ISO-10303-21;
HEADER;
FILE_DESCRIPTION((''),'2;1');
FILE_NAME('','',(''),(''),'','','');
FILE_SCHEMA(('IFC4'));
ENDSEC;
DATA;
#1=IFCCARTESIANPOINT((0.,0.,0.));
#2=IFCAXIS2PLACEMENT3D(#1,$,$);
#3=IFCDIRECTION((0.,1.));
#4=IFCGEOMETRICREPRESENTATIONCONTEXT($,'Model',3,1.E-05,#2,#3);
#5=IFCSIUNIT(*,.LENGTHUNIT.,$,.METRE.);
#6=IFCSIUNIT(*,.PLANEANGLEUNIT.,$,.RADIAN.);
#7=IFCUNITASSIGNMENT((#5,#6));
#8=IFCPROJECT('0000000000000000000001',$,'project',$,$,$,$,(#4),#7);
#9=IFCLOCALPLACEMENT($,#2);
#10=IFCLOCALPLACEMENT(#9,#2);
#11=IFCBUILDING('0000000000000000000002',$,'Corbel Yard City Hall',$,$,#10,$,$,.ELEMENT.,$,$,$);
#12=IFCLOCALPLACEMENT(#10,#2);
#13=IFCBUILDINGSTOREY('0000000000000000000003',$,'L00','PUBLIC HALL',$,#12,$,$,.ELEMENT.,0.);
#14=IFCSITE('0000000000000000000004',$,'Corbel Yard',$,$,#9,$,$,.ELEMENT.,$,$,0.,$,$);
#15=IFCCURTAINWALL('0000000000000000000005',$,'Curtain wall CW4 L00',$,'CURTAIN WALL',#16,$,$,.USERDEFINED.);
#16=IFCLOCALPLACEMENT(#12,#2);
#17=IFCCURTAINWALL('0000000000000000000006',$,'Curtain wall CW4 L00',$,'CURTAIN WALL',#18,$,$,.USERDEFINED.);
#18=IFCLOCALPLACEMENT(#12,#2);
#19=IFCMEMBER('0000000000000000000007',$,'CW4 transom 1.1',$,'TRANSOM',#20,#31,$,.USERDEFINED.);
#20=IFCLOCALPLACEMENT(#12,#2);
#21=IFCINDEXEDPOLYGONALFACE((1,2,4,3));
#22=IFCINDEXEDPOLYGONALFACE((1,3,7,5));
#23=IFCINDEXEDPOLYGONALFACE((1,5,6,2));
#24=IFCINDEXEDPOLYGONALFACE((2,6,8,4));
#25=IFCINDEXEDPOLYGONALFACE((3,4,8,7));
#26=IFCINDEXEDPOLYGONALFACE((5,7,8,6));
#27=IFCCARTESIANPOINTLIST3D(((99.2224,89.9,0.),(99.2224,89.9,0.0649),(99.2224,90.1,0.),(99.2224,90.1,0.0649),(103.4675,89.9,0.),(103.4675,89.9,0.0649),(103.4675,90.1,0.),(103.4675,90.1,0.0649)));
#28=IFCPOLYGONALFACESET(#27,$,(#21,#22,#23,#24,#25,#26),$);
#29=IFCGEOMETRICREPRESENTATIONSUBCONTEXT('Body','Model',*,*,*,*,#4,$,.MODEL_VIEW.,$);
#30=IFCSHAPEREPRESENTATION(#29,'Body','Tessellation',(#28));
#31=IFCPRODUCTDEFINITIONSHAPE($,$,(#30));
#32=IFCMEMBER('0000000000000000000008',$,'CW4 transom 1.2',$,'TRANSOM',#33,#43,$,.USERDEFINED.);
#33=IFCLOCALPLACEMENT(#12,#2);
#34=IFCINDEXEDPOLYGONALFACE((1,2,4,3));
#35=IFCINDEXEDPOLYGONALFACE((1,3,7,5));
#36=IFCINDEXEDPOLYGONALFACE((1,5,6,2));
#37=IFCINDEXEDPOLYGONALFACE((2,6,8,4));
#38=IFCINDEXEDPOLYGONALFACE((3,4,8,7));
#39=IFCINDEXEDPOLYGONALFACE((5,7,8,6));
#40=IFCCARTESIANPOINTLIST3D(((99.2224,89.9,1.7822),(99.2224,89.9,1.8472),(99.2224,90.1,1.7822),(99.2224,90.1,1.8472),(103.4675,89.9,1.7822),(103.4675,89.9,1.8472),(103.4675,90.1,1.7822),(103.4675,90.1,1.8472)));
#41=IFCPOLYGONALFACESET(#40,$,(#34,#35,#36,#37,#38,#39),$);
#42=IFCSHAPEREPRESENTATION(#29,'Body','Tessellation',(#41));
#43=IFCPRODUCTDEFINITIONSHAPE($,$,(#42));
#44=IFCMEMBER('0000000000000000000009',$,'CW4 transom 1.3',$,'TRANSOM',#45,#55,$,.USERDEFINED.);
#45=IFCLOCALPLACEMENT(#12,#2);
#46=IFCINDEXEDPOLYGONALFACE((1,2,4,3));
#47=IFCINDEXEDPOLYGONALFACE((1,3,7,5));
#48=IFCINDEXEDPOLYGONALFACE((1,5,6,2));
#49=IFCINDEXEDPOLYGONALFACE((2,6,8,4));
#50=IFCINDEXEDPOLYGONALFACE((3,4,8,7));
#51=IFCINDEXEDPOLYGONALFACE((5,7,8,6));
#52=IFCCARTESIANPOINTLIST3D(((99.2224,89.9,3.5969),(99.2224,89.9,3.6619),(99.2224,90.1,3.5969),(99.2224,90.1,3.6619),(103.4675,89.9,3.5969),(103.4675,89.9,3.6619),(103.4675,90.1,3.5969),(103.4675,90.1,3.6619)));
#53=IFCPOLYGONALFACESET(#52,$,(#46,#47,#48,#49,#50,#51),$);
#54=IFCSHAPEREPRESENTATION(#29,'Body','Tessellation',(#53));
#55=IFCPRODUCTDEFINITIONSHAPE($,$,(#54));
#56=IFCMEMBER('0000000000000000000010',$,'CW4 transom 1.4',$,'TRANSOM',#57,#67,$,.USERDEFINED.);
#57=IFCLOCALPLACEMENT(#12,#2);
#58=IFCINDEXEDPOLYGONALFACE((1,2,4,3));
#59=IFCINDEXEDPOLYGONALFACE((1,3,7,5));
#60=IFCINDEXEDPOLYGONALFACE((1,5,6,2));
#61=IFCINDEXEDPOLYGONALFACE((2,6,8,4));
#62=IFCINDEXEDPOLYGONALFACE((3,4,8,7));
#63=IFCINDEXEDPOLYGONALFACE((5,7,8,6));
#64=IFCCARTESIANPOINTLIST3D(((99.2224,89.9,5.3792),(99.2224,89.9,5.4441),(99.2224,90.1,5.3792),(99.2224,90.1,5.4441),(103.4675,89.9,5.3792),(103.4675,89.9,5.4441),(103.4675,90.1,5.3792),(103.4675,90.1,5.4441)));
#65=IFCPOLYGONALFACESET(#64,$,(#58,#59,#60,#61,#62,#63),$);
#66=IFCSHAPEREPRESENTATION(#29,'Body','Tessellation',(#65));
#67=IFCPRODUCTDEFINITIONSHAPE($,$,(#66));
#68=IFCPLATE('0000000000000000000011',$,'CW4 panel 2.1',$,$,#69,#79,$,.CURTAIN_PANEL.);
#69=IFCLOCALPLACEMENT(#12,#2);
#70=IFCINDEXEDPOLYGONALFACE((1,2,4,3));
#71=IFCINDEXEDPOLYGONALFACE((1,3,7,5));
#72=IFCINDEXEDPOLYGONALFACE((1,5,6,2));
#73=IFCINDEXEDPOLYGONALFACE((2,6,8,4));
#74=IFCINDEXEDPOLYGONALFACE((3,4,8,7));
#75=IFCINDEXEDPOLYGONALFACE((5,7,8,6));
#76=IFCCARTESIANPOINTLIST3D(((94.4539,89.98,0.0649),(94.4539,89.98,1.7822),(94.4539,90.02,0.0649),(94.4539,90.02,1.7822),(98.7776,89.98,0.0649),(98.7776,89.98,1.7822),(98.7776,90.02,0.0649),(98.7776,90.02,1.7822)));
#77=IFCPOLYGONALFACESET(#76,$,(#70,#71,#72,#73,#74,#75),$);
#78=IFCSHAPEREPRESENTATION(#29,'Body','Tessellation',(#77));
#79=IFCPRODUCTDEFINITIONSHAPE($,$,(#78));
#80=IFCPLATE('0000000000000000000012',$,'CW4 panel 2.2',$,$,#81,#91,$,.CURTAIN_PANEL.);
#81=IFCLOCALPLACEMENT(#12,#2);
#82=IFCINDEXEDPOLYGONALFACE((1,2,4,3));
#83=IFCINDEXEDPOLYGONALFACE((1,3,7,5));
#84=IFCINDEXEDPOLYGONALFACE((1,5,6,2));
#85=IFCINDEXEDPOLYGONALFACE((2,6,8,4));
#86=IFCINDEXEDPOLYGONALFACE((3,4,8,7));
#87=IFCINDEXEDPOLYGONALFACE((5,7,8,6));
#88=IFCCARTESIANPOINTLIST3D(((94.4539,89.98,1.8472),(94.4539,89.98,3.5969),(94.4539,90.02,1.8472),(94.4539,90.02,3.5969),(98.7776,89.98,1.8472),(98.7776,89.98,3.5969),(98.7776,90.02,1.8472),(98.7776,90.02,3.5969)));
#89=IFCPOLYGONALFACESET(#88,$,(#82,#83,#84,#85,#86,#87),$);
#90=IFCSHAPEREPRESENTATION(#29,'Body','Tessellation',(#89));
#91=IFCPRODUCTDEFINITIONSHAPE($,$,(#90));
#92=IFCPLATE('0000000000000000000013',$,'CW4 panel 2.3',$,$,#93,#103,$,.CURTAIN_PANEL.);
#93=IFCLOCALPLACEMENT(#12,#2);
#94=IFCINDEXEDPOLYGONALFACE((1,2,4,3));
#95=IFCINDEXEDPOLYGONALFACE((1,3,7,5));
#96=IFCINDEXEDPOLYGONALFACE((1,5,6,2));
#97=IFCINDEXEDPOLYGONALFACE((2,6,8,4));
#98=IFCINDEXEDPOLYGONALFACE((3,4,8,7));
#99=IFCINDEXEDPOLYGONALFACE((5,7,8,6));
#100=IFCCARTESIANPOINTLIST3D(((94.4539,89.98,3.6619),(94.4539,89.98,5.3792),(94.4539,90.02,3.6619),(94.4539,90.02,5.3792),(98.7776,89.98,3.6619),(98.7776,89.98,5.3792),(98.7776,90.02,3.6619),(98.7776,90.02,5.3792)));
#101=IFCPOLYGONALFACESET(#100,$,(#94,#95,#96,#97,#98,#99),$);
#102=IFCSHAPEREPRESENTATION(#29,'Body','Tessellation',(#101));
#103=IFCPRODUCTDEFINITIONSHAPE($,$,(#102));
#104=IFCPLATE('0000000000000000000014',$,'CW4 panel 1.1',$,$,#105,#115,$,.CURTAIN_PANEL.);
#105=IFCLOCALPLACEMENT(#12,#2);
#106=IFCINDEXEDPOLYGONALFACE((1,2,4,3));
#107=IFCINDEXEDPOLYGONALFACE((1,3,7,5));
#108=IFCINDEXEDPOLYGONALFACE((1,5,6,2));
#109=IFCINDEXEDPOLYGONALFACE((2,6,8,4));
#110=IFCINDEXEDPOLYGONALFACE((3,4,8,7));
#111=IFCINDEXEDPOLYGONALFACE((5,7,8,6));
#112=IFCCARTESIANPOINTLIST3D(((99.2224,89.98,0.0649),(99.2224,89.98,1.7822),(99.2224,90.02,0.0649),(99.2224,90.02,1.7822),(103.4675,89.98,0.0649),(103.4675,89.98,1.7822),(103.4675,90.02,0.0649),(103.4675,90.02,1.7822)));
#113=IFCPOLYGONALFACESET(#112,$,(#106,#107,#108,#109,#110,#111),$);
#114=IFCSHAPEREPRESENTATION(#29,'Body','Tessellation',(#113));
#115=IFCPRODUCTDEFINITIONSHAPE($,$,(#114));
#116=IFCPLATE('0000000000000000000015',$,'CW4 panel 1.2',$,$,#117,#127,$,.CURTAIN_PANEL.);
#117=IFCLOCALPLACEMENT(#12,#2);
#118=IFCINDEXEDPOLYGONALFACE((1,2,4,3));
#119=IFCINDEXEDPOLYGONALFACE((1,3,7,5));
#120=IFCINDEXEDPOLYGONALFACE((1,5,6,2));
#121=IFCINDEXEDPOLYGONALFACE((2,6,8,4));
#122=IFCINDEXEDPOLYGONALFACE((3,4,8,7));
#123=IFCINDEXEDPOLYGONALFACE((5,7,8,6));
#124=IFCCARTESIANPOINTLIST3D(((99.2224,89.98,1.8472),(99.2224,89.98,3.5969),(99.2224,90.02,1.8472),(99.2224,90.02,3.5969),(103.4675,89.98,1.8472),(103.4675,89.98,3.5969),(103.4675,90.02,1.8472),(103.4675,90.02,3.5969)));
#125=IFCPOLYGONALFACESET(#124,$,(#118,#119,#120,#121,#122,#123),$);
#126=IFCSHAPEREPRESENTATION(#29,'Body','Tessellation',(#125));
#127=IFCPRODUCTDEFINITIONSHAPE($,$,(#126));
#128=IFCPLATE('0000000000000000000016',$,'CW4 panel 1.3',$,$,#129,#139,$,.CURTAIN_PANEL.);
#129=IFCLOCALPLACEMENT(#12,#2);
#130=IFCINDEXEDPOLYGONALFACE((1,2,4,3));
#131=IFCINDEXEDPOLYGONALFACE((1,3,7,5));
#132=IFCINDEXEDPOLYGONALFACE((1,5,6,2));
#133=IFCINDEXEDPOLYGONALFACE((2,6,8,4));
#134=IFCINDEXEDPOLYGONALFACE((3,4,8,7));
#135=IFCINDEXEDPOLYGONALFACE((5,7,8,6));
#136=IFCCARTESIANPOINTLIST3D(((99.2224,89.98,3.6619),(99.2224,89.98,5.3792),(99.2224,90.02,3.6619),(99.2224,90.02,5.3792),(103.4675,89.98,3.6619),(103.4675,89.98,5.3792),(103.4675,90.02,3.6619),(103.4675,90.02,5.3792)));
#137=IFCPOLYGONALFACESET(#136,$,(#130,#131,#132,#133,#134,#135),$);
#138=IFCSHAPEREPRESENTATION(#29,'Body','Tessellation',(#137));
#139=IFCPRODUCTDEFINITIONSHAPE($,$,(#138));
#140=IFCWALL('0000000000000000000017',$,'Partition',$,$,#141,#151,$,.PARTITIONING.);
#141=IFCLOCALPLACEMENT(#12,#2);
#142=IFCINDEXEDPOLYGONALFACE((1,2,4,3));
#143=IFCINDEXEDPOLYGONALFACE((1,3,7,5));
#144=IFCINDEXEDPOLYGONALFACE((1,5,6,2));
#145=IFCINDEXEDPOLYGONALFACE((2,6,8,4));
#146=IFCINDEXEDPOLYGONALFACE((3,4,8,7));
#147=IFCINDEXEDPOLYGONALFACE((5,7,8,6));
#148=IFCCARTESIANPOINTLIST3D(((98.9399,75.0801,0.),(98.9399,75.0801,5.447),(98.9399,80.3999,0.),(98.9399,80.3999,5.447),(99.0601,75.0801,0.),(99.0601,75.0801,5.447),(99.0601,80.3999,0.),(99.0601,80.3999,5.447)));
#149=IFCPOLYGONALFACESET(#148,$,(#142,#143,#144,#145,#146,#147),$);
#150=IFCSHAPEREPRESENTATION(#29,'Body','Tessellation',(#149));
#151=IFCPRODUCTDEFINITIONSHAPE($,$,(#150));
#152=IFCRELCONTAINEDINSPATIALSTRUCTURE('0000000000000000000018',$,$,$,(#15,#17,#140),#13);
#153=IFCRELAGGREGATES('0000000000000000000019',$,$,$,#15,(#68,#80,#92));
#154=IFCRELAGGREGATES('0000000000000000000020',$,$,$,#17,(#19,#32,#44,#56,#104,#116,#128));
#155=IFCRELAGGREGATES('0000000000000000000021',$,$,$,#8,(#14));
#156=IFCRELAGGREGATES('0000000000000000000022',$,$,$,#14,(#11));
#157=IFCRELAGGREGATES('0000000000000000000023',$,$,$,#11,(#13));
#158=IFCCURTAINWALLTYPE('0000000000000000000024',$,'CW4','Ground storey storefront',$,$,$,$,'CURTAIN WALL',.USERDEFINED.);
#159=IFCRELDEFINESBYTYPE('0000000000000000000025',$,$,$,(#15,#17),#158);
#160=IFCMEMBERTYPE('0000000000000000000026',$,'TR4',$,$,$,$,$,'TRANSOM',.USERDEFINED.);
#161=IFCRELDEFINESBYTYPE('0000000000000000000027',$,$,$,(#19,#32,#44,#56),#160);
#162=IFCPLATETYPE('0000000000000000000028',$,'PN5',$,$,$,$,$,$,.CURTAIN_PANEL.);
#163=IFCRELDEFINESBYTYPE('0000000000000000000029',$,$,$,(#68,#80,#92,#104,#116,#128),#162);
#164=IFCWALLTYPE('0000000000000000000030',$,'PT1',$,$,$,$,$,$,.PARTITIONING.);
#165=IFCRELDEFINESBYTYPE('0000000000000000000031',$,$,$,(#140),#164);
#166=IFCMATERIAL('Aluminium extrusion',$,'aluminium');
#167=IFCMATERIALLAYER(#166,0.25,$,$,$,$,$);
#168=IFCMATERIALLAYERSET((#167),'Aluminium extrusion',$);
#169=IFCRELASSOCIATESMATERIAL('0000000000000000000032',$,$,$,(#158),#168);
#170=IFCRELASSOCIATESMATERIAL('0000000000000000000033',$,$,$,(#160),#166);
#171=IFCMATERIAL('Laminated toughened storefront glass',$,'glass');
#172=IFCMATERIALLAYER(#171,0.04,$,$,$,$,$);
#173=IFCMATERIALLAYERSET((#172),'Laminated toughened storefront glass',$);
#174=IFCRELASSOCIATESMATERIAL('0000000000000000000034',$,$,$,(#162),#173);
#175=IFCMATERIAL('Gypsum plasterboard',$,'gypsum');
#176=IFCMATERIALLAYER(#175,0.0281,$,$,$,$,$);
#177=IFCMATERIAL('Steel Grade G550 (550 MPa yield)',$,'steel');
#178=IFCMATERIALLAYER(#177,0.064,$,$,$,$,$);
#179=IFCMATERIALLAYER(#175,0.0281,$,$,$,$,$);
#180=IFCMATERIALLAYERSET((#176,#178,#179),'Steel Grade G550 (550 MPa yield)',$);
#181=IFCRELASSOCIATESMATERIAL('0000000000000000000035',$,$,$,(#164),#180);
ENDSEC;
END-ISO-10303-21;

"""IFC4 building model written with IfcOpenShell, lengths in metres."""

from ifc_helpers import new_model, si_unit, direction, frame, frame_2d, origin, origin_2d, place, context, subcontext, project, spatial, rectangle, extrude, material, layer, layer_set, material_profile, profile_set, type_object, element, aggregate, save


model = new_model("IFC4")

# Units and contexts
model_context = context("Model", 3, precision=1e-05, world=origin(), true_north=direction((0.0, 1.0)))
body_context = subcontext(model_context, "Body", "Model", "MODEL_VIEW")
ifc_project = project(units=[si_unit("LENGTHUNIT", "METRE"), si_unit("PLANEANGLEUNIT", "RADIAN")], contexts=[model_context])

# Site, building, storey
site_placement = place(None, origin())
site = spatial("IfcSite", under=ifc_project, at=site_placement, Name="Corbel Yard", CompositionType="ELEMENT", RefElevation=0.0)
building_placement = place(site_placement, origin())
building = spatial("IfcBuilding", under=site, at=building_placement, Name="Corbel Yard City Hall", CompositionType="ELEMENT")
storey_placement = place(building_placement, origin())
storey = spatial("IfcBuildingStorey", under=building, at=storey_placement, Name="L00", Description="PUBLIC HALL", CompositionType="ELEMENT", Elevation=0.0)

# Curtain walls
ifc_material_1 = material(Name="Aluminium extrusion", Category="aluminium")
ifc_layer_1 = layer(ifc_material_1, 0.25)
ifc_layer_set_1 = layer_set([ifc_layer_1], Name="Aluminium extrusion")
curtain_wall_type = type_object("IfcCurtainWallType", Name="CW4", Description="Ground storey storefront", ElementType="CURTAIN WALL", PredefinedType="USERDEFINED", material=ifc_layer_set_1)
curtain_wall_1_placement = place(storey_placement, origin())
curtain_wall_1 = element("IfcCurtainWall", 1, at=curtain_wall_1_placement, inside=storey, type_object=curtain_wall_type, Name="Curtain wall CW4 L00", ObjectType="CURTAIN WALL", PredefinedType="USERDEFINED")
curtain_wall_2_placement = place(storey_placement, origin())
curtain_wall_2 = element("IfcCurtainWall", 2, at=curtain_wall_2_placement, inside=storey, type_object=curtain_wall_type, Name="Curtain wall CW4 L00", ObjectType="CURTAIN WALL", PredefinedType="USERDEFINED")

# Members
ifc_material_profile_1 = material_profile(ifc_material_1, rectangle(XDim=0.2, YDim=0.0649, at=origin_2d()), Name="200x65")
ifc_profile_set_1 = profile_set([ifc_material_profile_1], Name="Aluminium extrusion")
member_type_1 = type_object("IfcMemberType", Name="TR4", ElementType="TRANSOM", PredefinedType="USERDEFINED", material=ifc_profile_set_1)
member_1_placement = place(storey_placement, frame((99.2224, 90.0, 0.0325), z_axis=(1.0, 0.0, 0.0), x_axis=(0.0, 1.0, 0.0)))
member_1 = element("IfcMember", 3, at=member_1_placement, type_object=member_type_1, Name="CW4 transom 1.1", ObjectType="TRANSOM", PredefinedType="USERDEFINED", context=body_context, shape_type="SweptSolid", body=[
    extrude(rectangle(XDim=0.2, YDim=0.0649, at=origin_2d()), origin(), (0.0, 0.0, 1.0), 4.2451),
])
member_2_placement = place(storey_placement, frame((99.2224, 90.0, 1.8147), z_axis=(1.0, 0.0, 0.0), x_axis=(0.0, 1.0, 0.0)))
member_2 = element("IfcMember", 4, at=member_2_placement, type_object=member_type_1, Name="CW4 transom 1.2", ObjectType="TRANSOM", PredefinedType="USERDEFINED", context=body_context, shape_type="SweptSolid", body=[
    extrude(rectangle(XDim=0.2, YDim=0.0649, at=origin_2d()), origin(), (0.0, 0.0, 1.0), 4.2451),
])
member_3_placement = place(storey_placement, frame((99.2224, 90.0, 3.6294), z_axis=(1.0, 0.0, 0.0), x_axis=(0.0, 1.0, 0.0)))
member_3 = element("IfcMember", 5, at=member_3_placement, type_object=member_type_1, Name="CW4 transom 1.3", ObjectType="TRANSOM", PredefinedType="USERDEFINED", context=body_context, shape_type="SweptSolid", body=[
    extrude(rectangle(XDim=0.2, YDim=0.0649, at=origin_2d()), origin(), (0.0, 0.0, 1.0), 4.2451),
])
member_4_placement = place(storey_placement, frame((99.2224, 90.0, 5.4116), z_axis=(1.0, 0.0, 0.0), x_axis=(0.0, 1.0, 0.0)))
member_4 = element("IfcMember", 6, at=member_4_placement, type_object=member_type_1, Name="CW4 transom 1.4", ObjectType="TRANSOM", PredefinedType="USERDEFINED", context=body_context, shape_type="SweptSolid", body=[
    extrude(rectangle(XDim=0.2, YDim=0.0649, at=origin_2d()), origin(), (0.0, 0.0, 1.0), 4.2451),
])

# Plates
ifc_material_2 = material(Name="Laminated toughened storefront glass", Category="glass")
ifc_layer_2 = layer(ifc_material_2, 0.04)
ifc_layer_set_2 = layer_set([ifc_layer_2], Name="Laminated toughened storefront glass")
plate_type = type_object("IfcPlateType", Name="PN5", PredefinedType="CURTAIN_PANEL", material=ifc_layer_set_2)
plate_1_placement = place(storey_placement, frame((96.6157, 90.0, 0.0649), z_axis=(0.0, 0.0, 1.0), x_axis=(1.0, 0.0, 0.0)))
plate_1 = element("IfcPlate", 7, at=plate_1_placement, type_object=plate_type, Name="CW4 panel 2.1", PredefinedType="CURTAIN_PANEL", context=body_context, shape_type="SweptSolid", body=[
    extrude(rectangle(XDim=4.3237, YDim=0.04, at=origin_2d()), origin(), (0.0, 0.0, 1.0), 1.7173),
])
plate_2_placement = place(storey_placement, frame((96.6157, 90.0, 1.8472), z_axis=(0.0, 0.0, 1.0), x_axis=(1.0, 0.0, 0.0)))
plate_2 = element("IfcPlate", 8, at=plate_2_placement, type_object=plate_type, Name="CW4 panel 2.2", PredefinedType="CURTAIN_PANEL", context=body_context, shape_type="SweptSolid", body=[
    extrude(rectangle(XDim=4.3237, YDim=0.04, at=origin_2d()), origin(), (0.0, 0.0, 1.0), 1.7498),
])
plate_3_placement = place(storey_placement, frame((96.6157, 90.0, 3.6619), z_axis=(0.0, 0.0, 1.0), x_axis=(1.0, 0.0, 0.0)))
plate_3 = element("IfcPlate", 9, at=plate_3_placement, type_object=plate_type, Name="CW4 panel 2.3", PredefinedType="CURTAIN_PANEL", context=body_context, shape_type="SweptSolid", body=[
    extrude(rectangle(XDim=4.3237, YDim=0.04, at=origin_2d()), origin(), (0.0, 0.0, 1.0), 1.7173),
])
aggregate(curtain_wall_1, [plate_1, plate_2, plate_3])
plate_4_placement = place(storey_placement, frame((101.345, 90.0, 0.0649), z_axis=(0.0, 0.0, 1.0), x_axis=(1.0, 0.0, 0.0)))
plate_4 = element("IfcPlate", 10, at=plate_4_placement, type_object=plate_type, Name="CW4 panel 1.1", PredefinedType="CURTAIN_PANEL", context=body_context, shape_type="SweptSolid", body=[
    extrude(rectangle(XDim=4.2451, YDim=0.04, at=origin_2d()), origin(), (0.0, 0.0, 1.0), 1.7173),
])
plate_5_placement = place(storey_placement, frame((101.345, 90.0, 1.8472), z_axis=(0.0, 0.0, 1.0), x_axis=(1.0, 0.0, 0.0)))
plate_5 = element("IfcPlate", 11, at=plate_5_placement, type_object=plate_type, Name="CW4 panel 1.2", PredefinedType="CURTAIN_PANEL", context=body_context, shape_type="SweptSolid", body=[
    extrude(rectangle(XDim=4.2451, YDim=0.04, at=origin_2d()), origin(), (0.0, 0.0, 1.0), 1.7498),
])
plate_6_placement = place(storey_placement, frame((101.345, 90.0, 3.6619), z_axis=(0.0, 0.0, 1.0), x_axis=(1.0, 0.0, 0.0)))
plate_6 = element("IfcPlate", 12, at=plate_6_placement, type_object=plate_type, Name="CW4 panel 1.3", PredefinedType="CURTAIN_PANEL", context=body_context, shape_type="SweptSolid", body=[
    extrude(rectangle(XDim=4.2451, YDim=0.04, at=origin_2d()), origin(), (0.0, 0.0, 1.0), 1.7173),
])
aggregate(curtain_wall_2, [member_1, member_2, member_3, member_4, plate_4, plate_5, plate_6])

# Wall
ifc_material_3 = material(Name="Gypsum plasterboard", Category="gypsum")
ifc_layer_3 = layer(ifc_material_3, 0.0281)
ifc_material_4 = material(Name="Steel Grade G550 (550 MPa yield)", Category="steel")
ifc_layer_4 = layer(ifc_material_4, 0.064)
ifc_layer_5 = layer(ifc_material_3, 0.0281)
ifc_layer_set_3 = layer_set([ifc_layer_3, ifc_layer_4, ifc_layer_5], Name="Steel Grade G550 (550 MPa yield)")
wall_type_1 = type_object("IfcWallType", Name="PT1", PredefinedType="PARTITIONING", material=ifc_layer_set_3)
wall_1_placement = place(storey_placement, frame((99.0, 75.0801, 0.0), z_axis=(0.0, 0.0, 1.0), x_axis=(0.0, 1.0, 0.0)))
element("IfcWall", 13, at=wall_1_placement, inside=storey, type_object=wall_type_1, Name="Partition", PredefinedType="PARTITIONING", context=body_context, shape_type="SweptSolid", body=[
    extrude(rectangle(XDim=5.3198, YDim=0.1201, at=frame_2d((2.6599, 0.0))), origin(), (0.0, 0.0, 1.0), 5.447),
])

save(model, "model.ifc")
